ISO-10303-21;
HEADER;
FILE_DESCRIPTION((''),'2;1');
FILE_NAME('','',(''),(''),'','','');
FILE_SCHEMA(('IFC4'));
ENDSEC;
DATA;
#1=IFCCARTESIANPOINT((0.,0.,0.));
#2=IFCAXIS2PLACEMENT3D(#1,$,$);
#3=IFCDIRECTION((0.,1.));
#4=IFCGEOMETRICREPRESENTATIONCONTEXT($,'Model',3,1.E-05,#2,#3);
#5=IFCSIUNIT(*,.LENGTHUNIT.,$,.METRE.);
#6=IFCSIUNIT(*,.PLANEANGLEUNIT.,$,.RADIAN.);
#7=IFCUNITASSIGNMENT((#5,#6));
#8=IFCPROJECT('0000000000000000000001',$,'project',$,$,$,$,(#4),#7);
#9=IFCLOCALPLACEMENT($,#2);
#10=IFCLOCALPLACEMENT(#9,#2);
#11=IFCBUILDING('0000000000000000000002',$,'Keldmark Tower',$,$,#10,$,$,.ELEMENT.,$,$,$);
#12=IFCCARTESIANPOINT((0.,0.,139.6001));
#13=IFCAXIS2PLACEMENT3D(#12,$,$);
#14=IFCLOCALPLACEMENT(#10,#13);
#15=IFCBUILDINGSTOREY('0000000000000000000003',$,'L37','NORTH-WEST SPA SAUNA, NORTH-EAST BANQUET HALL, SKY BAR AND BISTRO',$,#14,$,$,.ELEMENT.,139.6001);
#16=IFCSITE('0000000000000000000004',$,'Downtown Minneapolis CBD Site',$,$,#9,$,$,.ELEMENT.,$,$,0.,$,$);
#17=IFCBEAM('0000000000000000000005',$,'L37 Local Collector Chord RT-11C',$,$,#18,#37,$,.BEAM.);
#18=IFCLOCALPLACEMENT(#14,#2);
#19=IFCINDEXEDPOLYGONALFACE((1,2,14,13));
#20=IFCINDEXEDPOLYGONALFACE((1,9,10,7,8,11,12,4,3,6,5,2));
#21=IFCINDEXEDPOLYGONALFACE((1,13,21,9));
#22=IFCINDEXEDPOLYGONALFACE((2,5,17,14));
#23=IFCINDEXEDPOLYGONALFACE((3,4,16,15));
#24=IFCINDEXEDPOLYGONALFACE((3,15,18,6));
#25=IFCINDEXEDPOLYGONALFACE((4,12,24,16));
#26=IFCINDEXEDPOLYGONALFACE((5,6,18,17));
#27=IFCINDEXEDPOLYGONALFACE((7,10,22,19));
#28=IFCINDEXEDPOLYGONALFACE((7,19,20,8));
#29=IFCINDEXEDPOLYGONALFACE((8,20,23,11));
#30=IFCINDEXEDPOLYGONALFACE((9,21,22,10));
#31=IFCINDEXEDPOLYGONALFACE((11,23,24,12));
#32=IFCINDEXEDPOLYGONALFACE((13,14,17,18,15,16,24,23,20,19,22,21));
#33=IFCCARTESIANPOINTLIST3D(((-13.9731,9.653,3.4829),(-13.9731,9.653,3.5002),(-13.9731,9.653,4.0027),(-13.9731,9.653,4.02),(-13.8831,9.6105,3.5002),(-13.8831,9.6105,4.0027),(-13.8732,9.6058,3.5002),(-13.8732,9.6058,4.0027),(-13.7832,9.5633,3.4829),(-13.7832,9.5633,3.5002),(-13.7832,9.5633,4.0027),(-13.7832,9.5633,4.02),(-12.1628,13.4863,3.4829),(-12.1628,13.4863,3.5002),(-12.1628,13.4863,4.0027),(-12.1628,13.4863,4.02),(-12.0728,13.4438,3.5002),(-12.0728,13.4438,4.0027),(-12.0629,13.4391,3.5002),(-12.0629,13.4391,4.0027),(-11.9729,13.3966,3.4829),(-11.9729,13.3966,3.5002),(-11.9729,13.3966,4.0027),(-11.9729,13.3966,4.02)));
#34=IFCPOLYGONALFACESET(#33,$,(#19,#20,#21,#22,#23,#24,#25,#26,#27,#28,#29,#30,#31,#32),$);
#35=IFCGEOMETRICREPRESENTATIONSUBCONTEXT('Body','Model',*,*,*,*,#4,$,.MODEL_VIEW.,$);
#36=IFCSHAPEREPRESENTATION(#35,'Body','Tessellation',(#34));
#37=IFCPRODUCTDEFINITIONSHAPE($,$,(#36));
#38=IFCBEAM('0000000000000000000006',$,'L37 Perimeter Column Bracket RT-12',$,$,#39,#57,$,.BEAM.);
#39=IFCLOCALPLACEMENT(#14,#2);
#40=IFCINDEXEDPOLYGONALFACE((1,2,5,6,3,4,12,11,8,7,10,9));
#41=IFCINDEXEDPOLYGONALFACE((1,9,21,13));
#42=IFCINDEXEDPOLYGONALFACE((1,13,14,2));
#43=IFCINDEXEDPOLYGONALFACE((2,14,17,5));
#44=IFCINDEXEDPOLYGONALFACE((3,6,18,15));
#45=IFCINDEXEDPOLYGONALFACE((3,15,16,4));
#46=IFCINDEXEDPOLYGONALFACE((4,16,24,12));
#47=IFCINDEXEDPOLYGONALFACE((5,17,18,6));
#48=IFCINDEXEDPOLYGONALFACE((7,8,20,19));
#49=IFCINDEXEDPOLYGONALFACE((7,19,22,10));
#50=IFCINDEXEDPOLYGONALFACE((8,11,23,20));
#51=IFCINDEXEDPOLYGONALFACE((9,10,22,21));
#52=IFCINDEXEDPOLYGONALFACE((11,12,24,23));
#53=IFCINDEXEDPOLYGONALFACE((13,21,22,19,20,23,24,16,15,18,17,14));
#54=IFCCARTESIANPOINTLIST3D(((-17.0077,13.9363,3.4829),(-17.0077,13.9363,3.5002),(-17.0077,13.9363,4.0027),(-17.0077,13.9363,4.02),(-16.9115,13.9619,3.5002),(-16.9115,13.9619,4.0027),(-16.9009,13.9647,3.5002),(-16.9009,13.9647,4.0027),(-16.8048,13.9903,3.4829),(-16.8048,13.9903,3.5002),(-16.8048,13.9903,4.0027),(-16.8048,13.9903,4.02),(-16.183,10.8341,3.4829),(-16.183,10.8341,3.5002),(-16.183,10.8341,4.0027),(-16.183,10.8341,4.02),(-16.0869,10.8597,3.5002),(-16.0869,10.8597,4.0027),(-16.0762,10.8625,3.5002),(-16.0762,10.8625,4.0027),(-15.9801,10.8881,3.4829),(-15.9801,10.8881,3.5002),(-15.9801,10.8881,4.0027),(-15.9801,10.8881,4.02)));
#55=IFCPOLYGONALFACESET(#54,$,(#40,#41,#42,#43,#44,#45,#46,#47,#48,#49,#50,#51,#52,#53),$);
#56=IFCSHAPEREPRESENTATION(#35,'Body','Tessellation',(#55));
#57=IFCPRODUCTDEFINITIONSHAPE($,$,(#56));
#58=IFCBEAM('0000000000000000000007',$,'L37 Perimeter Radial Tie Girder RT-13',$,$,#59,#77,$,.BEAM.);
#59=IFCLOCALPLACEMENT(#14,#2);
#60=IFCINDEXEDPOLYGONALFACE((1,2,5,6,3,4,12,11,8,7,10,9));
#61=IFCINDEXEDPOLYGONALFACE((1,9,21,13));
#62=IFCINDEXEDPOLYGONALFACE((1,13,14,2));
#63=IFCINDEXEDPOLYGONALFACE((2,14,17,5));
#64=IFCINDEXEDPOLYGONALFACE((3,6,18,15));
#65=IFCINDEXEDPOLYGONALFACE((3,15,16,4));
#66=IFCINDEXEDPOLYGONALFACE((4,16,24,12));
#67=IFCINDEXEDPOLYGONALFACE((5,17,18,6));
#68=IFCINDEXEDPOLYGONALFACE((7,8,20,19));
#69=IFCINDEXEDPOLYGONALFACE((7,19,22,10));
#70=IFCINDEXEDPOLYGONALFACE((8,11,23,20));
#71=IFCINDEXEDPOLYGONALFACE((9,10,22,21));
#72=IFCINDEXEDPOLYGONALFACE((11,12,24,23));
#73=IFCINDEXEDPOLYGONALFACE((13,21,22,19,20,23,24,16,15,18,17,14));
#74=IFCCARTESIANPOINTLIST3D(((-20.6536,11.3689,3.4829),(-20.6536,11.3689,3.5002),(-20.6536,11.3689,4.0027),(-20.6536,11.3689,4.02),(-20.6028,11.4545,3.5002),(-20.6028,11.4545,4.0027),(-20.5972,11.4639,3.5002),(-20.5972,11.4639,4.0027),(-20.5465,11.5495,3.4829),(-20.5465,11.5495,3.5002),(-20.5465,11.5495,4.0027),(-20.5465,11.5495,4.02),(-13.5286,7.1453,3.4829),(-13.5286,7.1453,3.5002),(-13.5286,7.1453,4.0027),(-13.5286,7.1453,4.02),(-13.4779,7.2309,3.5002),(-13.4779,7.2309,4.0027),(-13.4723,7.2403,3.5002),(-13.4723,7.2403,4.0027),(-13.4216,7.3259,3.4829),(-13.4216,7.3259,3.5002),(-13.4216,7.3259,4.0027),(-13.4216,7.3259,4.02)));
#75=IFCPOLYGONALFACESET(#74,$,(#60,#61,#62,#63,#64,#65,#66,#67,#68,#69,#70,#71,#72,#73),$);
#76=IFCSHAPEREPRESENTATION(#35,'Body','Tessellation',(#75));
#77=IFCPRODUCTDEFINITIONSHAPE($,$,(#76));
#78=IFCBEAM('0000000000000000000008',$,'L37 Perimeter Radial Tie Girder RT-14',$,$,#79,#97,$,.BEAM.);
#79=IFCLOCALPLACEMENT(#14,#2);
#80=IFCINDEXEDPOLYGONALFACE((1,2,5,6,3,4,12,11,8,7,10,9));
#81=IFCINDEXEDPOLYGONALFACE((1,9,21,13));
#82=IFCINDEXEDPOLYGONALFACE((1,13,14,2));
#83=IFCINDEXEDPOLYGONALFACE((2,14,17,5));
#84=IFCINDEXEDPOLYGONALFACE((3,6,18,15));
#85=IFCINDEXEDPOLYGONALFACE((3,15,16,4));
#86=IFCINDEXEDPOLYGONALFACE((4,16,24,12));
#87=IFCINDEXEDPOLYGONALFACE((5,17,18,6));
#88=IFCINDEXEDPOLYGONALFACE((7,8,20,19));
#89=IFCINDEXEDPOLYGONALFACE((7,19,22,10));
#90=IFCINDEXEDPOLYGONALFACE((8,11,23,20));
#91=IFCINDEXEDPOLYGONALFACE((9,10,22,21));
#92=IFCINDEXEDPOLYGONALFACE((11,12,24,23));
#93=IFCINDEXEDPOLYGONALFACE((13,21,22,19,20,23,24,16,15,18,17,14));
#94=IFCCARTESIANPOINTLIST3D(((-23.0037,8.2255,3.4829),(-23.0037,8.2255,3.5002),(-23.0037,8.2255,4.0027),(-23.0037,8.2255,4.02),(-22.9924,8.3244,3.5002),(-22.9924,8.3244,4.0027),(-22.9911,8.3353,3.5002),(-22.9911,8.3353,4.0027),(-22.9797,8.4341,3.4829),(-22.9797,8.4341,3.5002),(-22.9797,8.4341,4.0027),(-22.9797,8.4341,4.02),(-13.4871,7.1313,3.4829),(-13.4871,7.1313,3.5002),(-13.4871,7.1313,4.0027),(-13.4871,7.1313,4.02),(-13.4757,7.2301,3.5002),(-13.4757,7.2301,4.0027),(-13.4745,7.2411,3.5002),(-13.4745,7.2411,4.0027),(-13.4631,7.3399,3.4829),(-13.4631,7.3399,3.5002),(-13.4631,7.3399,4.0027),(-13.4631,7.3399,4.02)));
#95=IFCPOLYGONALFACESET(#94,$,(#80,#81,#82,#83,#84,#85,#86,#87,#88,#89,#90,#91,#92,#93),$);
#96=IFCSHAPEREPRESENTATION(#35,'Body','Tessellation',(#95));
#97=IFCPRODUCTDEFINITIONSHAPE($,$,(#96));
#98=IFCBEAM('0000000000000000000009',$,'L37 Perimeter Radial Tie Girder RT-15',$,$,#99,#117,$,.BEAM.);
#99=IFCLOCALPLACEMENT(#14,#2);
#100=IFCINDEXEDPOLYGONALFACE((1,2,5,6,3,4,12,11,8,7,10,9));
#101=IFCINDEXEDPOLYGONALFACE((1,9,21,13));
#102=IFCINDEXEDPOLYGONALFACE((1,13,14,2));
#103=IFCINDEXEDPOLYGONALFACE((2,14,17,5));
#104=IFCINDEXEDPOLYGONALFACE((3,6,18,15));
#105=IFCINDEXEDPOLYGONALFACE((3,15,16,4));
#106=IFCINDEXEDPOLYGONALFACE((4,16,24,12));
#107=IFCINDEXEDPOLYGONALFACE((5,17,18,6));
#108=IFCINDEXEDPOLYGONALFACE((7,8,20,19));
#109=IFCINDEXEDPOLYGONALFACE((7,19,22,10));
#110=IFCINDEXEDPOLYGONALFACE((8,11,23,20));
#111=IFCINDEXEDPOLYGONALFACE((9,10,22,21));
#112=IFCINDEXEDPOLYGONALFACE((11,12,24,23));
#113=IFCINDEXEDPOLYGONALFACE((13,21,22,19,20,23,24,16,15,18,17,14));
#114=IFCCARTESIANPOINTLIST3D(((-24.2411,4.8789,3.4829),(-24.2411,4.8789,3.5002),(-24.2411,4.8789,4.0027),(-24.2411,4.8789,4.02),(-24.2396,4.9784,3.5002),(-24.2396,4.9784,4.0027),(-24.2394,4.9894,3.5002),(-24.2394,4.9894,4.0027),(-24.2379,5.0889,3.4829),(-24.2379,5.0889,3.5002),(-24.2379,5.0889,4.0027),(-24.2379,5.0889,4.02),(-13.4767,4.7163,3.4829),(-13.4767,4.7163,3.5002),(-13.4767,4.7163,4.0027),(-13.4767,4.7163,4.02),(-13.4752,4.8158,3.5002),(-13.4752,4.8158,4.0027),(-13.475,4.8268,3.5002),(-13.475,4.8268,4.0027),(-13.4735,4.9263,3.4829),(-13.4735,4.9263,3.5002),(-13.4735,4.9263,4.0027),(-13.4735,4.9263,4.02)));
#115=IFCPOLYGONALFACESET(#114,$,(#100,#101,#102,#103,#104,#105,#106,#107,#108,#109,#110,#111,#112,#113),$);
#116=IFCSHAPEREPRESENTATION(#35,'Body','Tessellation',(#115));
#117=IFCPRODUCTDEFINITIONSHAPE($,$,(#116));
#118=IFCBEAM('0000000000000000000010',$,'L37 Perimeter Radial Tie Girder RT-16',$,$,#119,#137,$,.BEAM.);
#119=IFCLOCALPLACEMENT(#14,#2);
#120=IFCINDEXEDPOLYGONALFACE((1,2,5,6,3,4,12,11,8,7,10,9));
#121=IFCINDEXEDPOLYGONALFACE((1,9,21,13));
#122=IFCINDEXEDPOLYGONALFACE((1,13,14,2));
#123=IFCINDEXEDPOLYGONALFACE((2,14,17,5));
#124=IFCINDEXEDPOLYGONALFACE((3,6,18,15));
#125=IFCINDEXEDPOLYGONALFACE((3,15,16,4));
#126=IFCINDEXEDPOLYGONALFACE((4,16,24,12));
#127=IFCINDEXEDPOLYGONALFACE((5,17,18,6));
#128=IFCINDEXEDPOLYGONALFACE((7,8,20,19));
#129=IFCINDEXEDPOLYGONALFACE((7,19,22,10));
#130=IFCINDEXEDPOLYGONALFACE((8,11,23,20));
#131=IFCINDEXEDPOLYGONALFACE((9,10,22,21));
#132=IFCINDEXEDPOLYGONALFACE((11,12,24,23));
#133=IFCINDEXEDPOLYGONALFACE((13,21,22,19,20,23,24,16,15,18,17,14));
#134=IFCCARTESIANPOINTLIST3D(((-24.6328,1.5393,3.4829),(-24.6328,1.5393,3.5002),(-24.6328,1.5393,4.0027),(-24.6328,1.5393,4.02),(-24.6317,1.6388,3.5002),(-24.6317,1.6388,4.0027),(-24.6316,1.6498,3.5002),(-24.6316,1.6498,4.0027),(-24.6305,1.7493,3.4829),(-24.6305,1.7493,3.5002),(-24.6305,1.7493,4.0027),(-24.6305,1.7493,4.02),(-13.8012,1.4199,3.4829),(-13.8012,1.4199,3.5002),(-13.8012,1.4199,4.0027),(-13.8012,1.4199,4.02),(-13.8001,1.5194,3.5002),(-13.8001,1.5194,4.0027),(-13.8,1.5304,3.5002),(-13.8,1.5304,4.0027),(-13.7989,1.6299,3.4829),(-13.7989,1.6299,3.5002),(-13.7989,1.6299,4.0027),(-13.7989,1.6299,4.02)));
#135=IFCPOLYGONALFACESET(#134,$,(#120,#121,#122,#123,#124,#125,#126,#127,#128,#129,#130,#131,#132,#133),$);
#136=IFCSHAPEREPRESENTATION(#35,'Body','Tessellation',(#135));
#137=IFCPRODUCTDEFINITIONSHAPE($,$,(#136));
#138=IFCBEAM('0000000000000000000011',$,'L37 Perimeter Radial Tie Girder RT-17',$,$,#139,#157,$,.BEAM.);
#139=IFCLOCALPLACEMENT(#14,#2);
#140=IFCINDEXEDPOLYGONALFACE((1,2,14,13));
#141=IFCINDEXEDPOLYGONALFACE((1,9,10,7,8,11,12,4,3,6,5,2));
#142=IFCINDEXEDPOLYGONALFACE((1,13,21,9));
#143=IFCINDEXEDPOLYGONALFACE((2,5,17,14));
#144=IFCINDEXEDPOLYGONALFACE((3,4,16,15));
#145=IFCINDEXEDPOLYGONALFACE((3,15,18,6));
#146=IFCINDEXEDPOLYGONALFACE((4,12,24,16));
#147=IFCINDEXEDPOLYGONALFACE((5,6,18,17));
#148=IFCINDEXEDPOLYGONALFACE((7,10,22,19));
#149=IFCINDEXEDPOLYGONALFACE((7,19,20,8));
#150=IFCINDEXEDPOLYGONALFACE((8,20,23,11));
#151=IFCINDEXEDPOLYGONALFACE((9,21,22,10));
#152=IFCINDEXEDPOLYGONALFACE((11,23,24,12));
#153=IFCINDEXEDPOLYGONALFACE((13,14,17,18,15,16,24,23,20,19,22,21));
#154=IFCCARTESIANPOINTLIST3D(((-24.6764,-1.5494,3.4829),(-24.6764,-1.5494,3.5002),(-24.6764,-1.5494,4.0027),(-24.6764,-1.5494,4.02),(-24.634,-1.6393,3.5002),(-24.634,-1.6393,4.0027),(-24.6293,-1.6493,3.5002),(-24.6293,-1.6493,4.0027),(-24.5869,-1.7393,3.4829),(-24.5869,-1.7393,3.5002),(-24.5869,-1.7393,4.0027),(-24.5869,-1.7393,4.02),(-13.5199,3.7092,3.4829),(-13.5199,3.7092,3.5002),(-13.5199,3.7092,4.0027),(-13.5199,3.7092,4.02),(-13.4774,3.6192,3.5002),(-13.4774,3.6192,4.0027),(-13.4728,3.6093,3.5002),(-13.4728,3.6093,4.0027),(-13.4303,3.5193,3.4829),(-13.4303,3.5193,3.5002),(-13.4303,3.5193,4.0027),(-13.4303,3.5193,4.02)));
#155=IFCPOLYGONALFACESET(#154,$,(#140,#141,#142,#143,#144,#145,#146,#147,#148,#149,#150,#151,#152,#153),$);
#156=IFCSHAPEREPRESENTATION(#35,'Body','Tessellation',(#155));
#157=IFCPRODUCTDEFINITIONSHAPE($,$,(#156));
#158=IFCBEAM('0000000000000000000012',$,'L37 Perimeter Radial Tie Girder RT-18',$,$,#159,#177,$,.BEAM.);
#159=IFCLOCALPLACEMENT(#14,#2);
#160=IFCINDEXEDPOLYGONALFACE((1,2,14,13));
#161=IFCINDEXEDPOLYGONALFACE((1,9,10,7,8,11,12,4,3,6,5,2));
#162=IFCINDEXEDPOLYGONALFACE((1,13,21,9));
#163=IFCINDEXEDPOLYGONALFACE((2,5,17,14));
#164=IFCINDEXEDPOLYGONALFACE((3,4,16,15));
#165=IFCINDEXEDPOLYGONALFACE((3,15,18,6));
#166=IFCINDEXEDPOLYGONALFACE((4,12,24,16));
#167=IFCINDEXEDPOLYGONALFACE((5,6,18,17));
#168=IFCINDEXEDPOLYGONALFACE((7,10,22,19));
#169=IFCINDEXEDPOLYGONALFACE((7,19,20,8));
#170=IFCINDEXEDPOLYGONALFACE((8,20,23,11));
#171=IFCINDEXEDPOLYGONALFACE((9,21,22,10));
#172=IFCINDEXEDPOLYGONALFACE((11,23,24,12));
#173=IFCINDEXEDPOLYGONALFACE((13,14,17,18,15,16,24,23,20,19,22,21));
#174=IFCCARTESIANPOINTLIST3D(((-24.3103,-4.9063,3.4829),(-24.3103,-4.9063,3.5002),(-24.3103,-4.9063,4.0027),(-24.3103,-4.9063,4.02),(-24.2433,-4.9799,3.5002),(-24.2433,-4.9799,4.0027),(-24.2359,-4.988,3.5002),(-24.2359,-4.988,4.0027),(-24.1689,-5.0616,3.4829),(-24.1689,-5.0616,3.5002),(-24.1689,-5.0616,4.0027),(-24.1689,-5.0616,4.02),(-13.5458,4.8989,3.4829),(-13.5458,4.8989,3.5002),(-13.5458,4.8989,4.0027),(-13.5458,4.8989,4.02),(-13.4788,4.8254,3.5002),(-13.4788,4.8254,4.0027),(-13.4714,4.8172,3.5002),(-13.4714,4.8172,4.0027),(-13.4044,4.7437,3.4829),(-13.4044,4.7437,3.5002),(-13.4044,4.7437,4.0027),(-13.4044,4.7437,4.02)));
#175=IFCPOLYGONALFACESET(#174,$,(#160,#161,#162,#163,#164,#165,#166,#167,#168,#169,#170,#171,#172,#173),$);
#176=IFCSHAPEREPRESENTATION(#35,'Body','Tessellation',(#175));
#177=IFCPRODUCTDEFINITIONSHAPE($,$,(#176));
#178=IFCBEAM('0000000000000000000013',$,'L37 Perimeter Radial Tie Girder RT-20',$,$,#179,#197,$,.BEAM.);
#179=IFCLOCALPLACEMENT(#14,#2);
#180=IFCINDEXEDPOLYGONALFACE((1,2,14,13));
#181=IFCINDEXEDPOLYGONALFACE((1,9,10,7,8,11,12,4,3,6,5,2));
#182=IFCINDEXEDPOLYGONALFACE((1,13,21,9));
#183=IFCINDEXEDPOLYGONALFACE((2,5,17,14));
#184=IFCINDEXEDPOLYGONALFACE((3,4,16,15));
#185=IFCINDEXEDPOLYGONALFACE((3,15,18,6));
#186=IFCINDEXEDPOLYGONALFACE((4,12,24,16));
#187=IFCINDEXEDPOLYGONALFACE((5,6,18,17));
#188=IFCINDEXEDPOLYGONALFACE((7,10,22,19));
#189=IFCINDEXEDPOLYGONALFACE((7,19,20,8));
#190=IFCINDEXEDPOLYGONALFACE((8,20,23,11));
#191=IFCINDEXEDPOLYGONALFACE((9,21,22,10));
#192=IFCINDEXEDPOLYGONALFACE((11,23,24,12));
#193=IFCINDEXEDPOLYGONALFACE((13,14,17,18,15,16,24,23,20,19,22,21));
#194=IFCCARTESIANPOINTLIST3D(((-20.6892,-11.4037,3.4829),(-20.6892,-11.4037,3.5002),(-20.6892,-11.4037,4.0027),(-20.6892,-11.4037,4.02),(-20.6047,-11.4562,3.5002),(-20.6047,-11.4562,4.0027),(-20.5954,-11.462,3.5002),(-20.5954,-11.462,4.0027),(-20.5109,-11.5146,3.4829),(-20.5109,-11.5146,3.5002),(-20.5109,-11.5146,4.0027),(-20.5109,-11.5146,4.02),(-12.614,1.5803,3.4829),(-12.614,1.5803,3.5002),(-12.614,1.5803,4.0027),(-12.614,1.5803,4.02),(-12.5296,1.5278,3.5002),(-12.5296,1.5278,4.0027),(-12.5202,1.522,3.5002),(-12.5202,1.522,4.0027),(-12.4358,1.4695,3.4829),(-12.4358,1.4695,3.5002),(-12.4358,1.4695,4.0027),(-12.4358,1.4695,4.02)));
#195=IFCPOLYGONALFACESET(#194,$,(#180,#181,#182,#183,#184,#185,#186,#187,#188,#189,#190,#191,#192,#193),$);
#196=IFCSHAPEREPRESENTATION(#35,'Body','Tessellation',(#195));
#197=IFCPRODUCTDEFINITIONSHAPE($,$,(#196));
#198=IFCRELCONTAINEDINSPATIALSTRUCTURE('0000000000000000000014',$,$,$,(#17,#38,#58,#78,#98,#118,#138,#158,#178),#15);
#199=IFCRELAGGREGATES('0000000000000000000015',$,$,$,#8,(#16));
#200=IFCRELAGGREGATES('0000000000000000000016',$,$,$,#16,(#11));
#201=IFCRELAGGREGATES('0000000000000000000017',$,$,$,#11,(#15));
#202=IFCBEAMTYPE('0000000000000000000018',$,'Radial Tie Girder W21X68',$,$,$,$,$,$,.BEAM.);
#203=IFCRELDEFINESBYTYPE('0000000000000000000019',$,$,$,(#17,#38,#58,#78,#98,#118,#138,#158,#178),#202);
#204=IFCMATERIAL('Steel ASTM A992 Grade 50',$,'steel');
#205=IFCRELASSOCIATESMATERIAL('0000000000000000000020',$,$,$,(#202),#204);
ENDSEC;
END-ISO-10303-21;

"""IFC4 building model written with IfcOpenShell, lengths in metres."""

from ifc_helpers import new_model, si_unit, direction, frame, origin, origin_2d, place, context, subcontext, project, spatial, i_section, extrude, material, material_profile, profile_set, type_object, element, save


model = new_model("IFC4")

# Units and contexts
model_context = context("Model", 3, precision=1e-05, world=origin(), true_north=direction((0.0, 1.0)))
body_context = subcontext(model_context, "Body", "Model", "MODEL_VIEW")
ifc_project = project(units=[si_unit("LENGTHUNIT", "METRE"), si_unit("PLANEANGLEUNIT", "RADIAN")], contexts=[model_context])

# Site, building, storey
site_placement = place(None, origin())
site = spatial("IfcSite", under=ifc_project, at=site_placement, Name="Downtown Minneapolis CBD Site", CompositionType="ELEMENT", RefElevation=0.0)
building_placement = place(site_placement, origin())
building = spatial("IfcBuilding", under=site, at=building_placement, Name="Keldmark Tower", CompositionType="ELEMENT")
storey_placement = place(building_placement, frame((0.0, 0.0, 139.6001)))
storey = spatial("IfcBuildingStorey", under=building, at=storey_placement, Name="L37", Description="NORTH-WEST SPA SAUNA, NORTH-EAST BANQUET HALL, SKY BAR AND BISTRO", CompositionType="ELEMENT", Elevation=139.6001)

# Beams
ifc_material_1 = material(Name="Steel ASTM A992 Grade 50", Category="steel")
ifc_material_profile_1 = material_profile(ifc_material_1, i_section(OverallWidth=0.21, OverallDepth=0.5371, WebThickness=0.011, FlangeThickness=0.0173, at=origin_2d()), Name="W21X68")
ifc_profile_set_1 = profile_set([ifc_material_profile_1], Name="Steel ASTM A992 Grade 50")
beam_type_1 = type_object("IfcBeamType", Name="Radial Tie Girder W21X68", PredefinedType="BEAM", material=ifc_profile_set_1)
beam_1_placement = place(storey_placement, frame((-13.8782, 9.6082, 3.7515), z_axis=(0.427036, 0.904234, 0.0), x_axis=(-0.904234, 0.427036, 0.0)))
element("IfcBeam", 1, at=beam_1_placement, inside=storey, type_object=beam_type_1, Name="L37 Local Collector Chord RT-11C", PredefinedType="BEAM", context=body_context, shape_type="SweptSolid", body=[
    extrude(i_section(OverallWidth=0.21, OverallDepth=0.5371, WebThickness=0.011, FlangeThickness=0.0173, at=origin_2d()), origin(), (0.0, 0.0, 1.0), 4.2393),
])
beam_2_placement = place(storey_placement, frame((-16.0815, 10.8611, 3.7515), z_axis=(-0.256915, 0.966434, 0.0), x_axis=(-0.966434, -0.256915, 0.0)))
element("IfcBeam", 2, at=beam_2_placement, inside=storey, type_object=beam_type_1, Name="L37 Perimeter Column Bracket RT-12", PredefinedType="BEAM", context=body_context, shape_type="SweptSolid", body=[
    extrude(i_section(OverallWidth=0.21, OverallDepth=0.5371, WebThickness=0.011, FlangeThickness=0.0173, at=origin_2d()), origin(), (0.0, 0.0, 1.0), 3.21),
])
beam_3_placement = place(storey_placement, frame((-13.4751, 7.2356, 3.7515), z_axis=(-0.860217, 0.509928, 0.0), x_axis=(-0.509928, -0.860217, 0.0)))
element("IfcBeam", 3, at=beam_3_placement, inside=storey, type_object=beam_type_1, Name="L37 Perimeter Radial Tie Girder RT-13", PredefinedType="BEAM", context=body_context, shape_type="SweptSolid", body=[
    extrude(i_section(OverallWidth=0.21, OverallDepth=0.5371, WebThickness=0.011, FlangeThickness=0.0173, at=origin_2d()), origin(), (0.0, 0.0, 1.0), 8.2827),
])
beam_4_placement = place(storey_placement, frame((-13.4751, 7.2356, 3.7515), z_axis=(-0.993454, 0.114229, 0.0), x_axis=(-0.114229, -0.993454, 0.0)))
element("IfcBeam", 4, at=beam_4_placement, inside=storey, type_object=beam_type_1, Name="L37 Perimeter Radial Tie Girder RT-14", PredefinedType="BEAM", context=body_context, shape_type="SweptSolid", body=[
    extrude(i_section(OverallWidth=0.21, OverallDepth=0.5371, WebThickness=0.011, FlangeThickness=0.0173, at=origin_2d()), origin(), (0.0, 0.0, 1.0), 9.5793),
])
beam_5_placement = place(storey_placement, frame((-13.4751, 4.8213, 3.7515), z_axis=(-0.999886, 0.015103, 0.0), x_axis=(-0.015103, -0.999886, 0.0)))
element("IfcBeam", 5, at=beam_5_placement, inside=storey, type_object=beam_type_1, Name="L37 Perimeter Radial Tie Girder RT-15", PredefinedType="BEAM", context=body_context, shape_type="SweptSolid", body=[
    extrude(i_section(OverallWidth=0.21, OverallDepth=0.5371, WebThickness=0.011, FlangeThickness=0.0173, at=origin_2d()), origin(), (0.0, 0.0, 1.0), 10.7656),
])
beam_6_placement = place(storey_placement, frame((-13.8, 1.5249, 3.7515), z_axis=(-0.999939, 0.011021, 0.0), x_axis=(-0.011021, -0.999939, 0.0)))
element("IfcBeam", 6, at=beam_6_placement, inside=storey, type_object=beam_type_1, Name="L37 Perimeter Radial Tie Girder RT-16", PredefinedType="BEAM", context=body_context, shape_type="SweptSolid", body=[
    extrude(i_section(OverallWidth=0.21, OverallDepth=0.5371, WebThickness=0.011, FlangeThickness=0.0173, at=origin_2d()), origin(), (0.0, 0.0, 1.0), 10.8323),
])
beam_7_placement = place(storey_placement, frame((-13.4751, 3.6143, 3.7515), z_axis=(-0.904555, -0.426357, 0.0), x_axis=(0.426357, -0.904555, 0.0)))
element("IfcBeam", 7, at=beam_7_placement, inside=storey, type_object=beam_type_1, Name="L37 Perimeter Radial Tie Girder RT-17", PredefinedType="BEAM", context=body_context, shape_type="SweptSolid", body=[
    extrude(i_section(OverallWidth=0.21, OverallDepth=0.5371, WebThickness=0.011, FlangeThickness=0.0173, at=origin_2d()), origin(), (0.0, 0.0, 1.0), 12.3337),
])
beam_8_placement = place(storey_placement, frame((-13.4751, 4.8213, 3.7515), z_axis=(-0.739278, -0.6734, 0.0), x_axis=(0.6734, -0.739278, 0.0)))
element("IfcBeam", 8, at=beam_8_placement, inside=storey, type_object=beam_type_1, Name="L37 Perimeter Radial Tie Girder RT-18", PredefinedType="BEAM", context=body_context, shape_type="SweptSolid", body=[
    extrude(i_section(OverallWidth=0.21, OverallDepth=0.5371, WebThickness=0.011, FlangeThickness=0.0173, at=origin_2d()), origin(), (0.0, 0.0, 1.0), 14.5608),
])
beam_9_placement = place(storey_placement, frame((-12.5249, 1.5249, 3.7515), z_axis=(-0.528122, -0.849169, 0.0), x_axis=(0.849169, -0.528122, 0.0)))
element("IfcBeam", 9, at=beam_9_placement, inside=storey, type_object=beam_type_1, Name="L37 Perimeter Radial Tie Girder RT-20", PredefinedType="BEAM", context=body_context, shape_type="SweptSolid", body=[
    extrude(i_section(OverallWidth=0.21, OverallDepth=0.5371, WebThickness=0.011, FlangeThickness=0.0173, at=origin_2d()), origin(), (0.0, 0.0, 1.0), 15.2903),
])

save(model, "model.ifc")
